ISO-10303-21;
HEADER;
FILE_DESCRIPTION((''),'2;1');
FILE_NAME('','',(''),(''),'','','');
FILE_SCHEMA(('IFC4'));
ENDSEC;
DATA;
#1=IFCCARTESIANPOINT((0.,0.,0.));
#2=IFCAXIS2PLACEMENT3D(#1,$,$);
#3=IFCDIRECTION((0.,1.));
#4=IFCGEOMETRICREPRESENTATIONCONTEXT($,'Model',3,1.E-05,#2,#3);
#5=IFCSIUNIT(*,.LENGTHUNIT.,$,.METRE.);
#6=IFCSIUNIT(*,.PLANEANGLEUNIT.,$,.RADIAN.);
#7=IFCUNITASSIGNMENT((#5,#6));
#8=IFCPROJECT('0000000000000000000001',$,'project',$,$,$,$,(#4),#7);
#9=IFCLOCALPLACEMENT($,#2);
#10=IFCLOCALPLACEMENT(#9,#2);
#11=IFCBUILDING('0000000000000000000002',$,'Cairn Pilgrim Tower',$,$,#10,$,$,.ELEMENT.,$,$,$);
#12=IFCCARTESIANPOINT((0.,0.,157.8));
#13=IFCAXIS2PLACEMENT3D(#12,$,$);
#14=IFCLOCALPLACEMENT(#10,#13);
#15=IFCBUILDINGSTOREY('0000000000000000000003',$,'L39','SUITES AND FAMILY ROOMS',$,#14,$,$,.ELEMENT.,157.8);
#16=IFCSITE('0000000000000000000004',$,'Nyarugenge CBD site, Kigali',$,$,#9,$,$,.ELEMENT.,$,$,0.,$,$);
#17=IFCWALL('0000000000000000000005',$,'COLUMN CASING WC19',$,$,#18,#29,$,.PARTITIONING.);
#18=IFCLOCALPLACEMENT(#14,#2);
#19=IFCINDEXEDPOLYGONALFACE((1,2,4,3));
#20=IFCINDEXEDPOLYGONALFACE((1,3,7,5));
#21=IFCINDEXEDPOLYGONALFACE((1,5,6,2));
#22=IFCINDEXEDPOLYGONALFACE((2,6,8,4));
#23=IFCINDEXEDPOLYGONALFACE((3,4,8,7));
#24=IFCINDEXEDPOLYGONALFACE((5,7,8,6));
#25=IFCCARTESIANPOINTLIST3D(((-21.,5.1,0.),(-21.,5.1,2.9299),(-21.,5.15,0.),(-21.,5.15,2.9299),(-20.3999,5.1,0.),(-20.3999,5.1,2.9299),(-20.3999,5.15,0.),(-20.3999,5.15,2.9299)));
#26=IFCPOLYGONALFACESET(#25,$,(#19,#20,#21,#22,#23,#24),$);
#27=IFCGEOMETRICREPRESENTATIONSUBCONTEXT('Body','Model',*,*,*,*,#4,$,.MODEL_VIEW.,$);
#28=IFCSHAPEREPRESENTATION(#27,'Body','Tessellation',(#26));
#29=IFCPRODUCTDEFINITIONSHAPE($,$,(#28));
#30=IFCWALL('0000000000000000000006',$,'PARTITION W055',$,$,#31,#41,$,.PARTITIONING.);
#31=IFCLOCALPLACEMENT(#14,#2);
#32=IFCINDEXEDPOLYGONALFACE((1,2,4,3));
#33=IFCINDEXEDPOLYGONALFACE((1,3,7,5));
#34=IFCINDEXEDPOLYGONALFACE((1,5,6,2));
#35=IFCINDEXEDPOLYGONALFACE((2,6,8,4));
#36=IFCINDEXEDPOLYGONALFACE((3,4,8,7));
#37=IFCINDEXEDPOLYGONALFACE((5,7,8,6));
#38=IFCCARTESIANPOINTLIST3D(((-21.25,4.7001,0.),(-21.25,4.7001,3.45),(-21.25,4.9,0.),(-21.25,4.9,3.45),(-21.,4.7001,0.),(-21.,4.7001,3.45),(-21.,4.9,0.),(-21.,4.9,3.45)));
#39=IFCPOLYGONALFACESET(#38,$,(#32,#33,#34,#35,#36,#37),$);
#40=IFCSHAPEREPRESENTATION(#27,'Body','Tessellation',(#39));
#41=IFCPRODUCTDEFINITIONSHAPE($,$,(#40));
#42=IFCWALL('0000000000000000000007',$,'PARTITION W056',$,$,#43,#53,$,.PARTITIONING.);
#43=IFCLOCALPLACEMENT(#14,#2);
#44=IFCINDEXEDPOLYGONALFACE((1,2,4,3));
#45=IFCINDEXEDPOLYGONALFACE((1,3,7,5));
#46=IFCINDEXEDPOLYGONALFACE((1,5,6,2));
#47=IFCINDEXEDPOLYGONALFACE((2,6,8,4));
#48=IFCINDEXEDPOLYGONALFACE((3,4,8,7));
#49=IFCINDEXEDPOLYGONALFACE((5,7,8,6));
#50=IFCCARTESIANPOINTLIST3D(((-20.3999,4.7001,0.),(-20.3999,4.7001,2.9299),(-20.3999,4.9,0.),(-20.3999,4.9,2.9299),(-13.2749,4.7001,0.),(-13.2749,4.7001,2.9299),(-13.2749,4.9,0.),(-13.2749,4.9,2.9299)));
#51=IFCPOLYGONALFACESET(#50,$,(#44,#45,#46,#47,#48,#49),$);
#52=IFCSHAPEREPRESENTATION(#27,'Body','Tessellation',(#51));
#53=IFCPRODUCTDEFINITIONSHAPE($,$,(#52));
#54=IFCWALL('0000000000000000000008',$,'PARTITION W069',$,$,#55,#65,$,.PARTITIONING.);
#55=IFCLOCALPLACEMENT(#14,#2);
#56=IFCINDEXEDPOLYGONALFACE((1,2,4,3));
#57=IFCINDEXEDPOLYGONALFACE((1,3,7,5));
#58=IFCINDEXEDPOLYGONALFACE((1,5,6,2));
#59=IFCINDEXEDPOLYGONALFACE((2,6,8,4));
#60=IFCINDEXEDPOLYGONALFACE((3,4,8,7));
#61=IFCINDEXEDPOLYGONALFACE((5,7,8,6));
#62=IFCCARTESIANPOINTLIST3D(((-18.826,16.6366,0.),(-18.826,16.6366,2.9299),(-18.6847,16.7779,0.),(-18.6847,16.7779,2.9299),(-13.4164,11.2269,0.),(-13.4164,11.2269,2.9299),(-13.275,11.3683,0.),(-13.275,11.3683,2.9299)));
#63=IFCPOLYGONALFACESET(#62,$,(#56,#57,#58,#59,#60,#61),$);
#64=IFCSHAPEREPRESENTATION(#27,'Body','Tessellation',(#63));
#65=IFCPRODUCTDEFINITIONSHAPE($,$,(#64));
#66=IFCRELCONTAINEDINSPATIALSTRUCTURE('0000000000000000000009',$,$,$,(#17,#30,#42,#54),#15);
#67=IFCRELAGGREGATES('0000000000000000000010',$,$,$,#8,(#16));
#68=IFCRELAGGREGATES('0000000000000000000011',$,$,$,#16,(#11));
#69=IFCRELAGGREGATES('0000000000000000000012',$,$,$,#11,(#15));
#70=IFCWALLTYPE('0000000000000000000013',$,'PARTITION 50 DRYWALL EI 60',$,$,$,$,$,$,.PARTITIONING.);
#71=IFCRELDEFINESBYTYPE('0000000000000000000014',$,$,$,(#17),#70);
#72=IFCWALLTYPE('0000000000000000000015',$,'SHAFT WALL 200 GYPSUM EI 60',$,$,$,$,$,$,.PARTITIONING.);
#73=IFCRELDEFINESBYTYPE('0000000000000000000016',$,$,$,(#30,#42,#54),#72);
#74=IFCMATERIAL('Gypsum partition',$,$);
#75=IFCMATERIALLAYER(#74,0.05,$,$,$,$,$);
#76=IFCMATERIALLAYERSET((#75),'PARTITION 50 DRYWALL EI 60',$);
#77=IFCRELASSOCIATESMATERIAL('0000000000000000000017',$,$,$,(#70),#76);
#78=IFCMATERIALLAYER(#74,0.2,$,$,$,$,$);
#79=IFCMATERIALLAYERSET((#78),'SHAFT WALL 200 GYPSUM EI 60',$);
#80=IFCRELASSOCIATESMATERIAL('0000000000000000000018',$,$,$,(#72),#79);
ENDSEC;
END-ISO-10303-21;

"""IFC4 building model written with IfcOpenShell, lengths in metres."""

from ifc_helpers import new_model, si_unit, direction, frame, frame_2d, origin, place, context, subcontext, project, spatial, rectangle, extrude, material, layer, layer_set, type_object, element, save


model = new_model("IFC4")

# Units and contexts
model_context = context("Model", 3, precision=1e-05, world=origin(), true_north=direction((0.0, 1.0)))
body_context = subcontext(model_context, "Body", "Model", "MODEL_VIEW")
ifc_project = project(units=[si_unit("LENGTHUNIT", "METRE"), si_unit("PLANEANGLEUNIT", "RADIAN")], contexts=[model_context])

# Site, building, storey
site_placement = place(None, origin())
site = spatial("IfcSite", under=ifc_project, at=site_placement, Name="Nyarugenge CBD site, Kigali", CompositionType="ELEMENT", RefElevation=0.0)
building_placement = place(site_placement, origin())
building = spatial("IfcBuilding", under=site, at=building_placement, Name="Cairn Pilgrim Tower", CompositionType="ELEMENT")
storey_placement = place(building_placement, frame((0.0, 0.0, 157.8)))
storey = spatial("IfcBuildingStorey", under=building, at=storey_placement, Name="L39", Description="SUITES AND FAMILY ROOMS", CompositionType="ELEMENT", Elevation=157.8)

# Shared definitions
ifc_material_1 = material(Name="Gypsum partition")

# Walls
ifc_layer_1 = layer(ifc_material_1, 0.05)
ifc_layer_set_1 = layer_set([ifc_layer_1], Name="PARTITION 50 DRYWALL EI 60")
wall_type_1 = type_object("IfcWallType", Name="PARTITION 50 DRYWALL EI 60", PredefinedType="PARTITIONING", material=ifc_layer_set_1)
wall_1_placement = place(storey_placement, frame((-21.0, 5.125, 0.0), z_axis=(0.0, 0.0, 1.0), x_axis=(1.0, 0.0, 0.0)))
element("IfcWall", 1, at=wall_1_placement, inside=storey, type_object=wall_type_1, Name="COLUMN CASING WC19", PredefinedType="PARTITIONING", context=body_context, shape_type="SweptSolid", body=[
    extrude(rectangle(XDim=0.6001, YDim=0.05, at=frame_2d((0.3, 0.0))), origin(), (0.0, 0.0, 1.0), 2.9299),
])
ifc_layer_2 = layer(ifc_material_1, 0.2)
ifc_layer_set_2 = layer_set([ifc_layer_2], Name="SHAFT WALL 200 GYPSUM EI 60")
wall_type_2 = type_object("IfcWallType", Name="SHAFT WALL 200 GYPSUM EI 60", PredefinedType="PARTITIONING", material=ifc_layer_set_2)
wall_2_placement = place(storey_placement, frame((-21.25, 4.8, 0.0), z_axis=(0.0, 0.0, 1.0), x_axis=(1.0, 0.0, 0.0)))
element("IfcWall", 2, at=wall_2_placement, inside=storey, type_object=wall_type_2, Name="PARTITION W055", PredefinedType="PARTITIONING", context=body_context, shape_type="SweptSolid", body=[
    extrude(rectangle(XDim=0.25, YDim=0.2, at=frame_2d((0.125, 0.0))), origin(), (0.0, 0.0, 1.0), 3.45),
])
wall_3_placement = place(storey_placement, frame((-20.3999, 4.8, 0.0), z_axis=(0.0, 0.0, 1.0), x_axis=(1.0, 0.0, 0.0)))
element("IfcWall", 3, at=wall_3_placement, inside=storey, type_object=wall_type_2, Name="PARTITION W056", PredefinedType="PARTITIONING", context=body_context, shape_type="SweptSolid", body=[
    extrude(rectangle(XDim=7.125, YDim=0.2, at=frame_2d((3.5625, 0.0))), origin(), (0.0, 0.0, 1.0), 2.9299),
])
wall_4_placement = place(storey_placement, frame((-13.3457, 11.2976, 0.0), z_axis=(0.0, 0.0, 1.0), x_axis=(-0.707107, 0.707107, 0.0)))
element("IfcWall", 4, at=wall_4_placement, inside=storey, type_object=wall_type_2, Name="PARTITION W069", PredefinedType="PARTITIONING", context=body_context, shape_type="SweptSolid", body=[
    extrude(rectangle(XDim=7.6504, YDim=0.2, at=frame_2d((3.8252, 0.0))), origin(), (0.0, 0.0, 1.0), 2.9299),
])

save(model, "model.ifc")
